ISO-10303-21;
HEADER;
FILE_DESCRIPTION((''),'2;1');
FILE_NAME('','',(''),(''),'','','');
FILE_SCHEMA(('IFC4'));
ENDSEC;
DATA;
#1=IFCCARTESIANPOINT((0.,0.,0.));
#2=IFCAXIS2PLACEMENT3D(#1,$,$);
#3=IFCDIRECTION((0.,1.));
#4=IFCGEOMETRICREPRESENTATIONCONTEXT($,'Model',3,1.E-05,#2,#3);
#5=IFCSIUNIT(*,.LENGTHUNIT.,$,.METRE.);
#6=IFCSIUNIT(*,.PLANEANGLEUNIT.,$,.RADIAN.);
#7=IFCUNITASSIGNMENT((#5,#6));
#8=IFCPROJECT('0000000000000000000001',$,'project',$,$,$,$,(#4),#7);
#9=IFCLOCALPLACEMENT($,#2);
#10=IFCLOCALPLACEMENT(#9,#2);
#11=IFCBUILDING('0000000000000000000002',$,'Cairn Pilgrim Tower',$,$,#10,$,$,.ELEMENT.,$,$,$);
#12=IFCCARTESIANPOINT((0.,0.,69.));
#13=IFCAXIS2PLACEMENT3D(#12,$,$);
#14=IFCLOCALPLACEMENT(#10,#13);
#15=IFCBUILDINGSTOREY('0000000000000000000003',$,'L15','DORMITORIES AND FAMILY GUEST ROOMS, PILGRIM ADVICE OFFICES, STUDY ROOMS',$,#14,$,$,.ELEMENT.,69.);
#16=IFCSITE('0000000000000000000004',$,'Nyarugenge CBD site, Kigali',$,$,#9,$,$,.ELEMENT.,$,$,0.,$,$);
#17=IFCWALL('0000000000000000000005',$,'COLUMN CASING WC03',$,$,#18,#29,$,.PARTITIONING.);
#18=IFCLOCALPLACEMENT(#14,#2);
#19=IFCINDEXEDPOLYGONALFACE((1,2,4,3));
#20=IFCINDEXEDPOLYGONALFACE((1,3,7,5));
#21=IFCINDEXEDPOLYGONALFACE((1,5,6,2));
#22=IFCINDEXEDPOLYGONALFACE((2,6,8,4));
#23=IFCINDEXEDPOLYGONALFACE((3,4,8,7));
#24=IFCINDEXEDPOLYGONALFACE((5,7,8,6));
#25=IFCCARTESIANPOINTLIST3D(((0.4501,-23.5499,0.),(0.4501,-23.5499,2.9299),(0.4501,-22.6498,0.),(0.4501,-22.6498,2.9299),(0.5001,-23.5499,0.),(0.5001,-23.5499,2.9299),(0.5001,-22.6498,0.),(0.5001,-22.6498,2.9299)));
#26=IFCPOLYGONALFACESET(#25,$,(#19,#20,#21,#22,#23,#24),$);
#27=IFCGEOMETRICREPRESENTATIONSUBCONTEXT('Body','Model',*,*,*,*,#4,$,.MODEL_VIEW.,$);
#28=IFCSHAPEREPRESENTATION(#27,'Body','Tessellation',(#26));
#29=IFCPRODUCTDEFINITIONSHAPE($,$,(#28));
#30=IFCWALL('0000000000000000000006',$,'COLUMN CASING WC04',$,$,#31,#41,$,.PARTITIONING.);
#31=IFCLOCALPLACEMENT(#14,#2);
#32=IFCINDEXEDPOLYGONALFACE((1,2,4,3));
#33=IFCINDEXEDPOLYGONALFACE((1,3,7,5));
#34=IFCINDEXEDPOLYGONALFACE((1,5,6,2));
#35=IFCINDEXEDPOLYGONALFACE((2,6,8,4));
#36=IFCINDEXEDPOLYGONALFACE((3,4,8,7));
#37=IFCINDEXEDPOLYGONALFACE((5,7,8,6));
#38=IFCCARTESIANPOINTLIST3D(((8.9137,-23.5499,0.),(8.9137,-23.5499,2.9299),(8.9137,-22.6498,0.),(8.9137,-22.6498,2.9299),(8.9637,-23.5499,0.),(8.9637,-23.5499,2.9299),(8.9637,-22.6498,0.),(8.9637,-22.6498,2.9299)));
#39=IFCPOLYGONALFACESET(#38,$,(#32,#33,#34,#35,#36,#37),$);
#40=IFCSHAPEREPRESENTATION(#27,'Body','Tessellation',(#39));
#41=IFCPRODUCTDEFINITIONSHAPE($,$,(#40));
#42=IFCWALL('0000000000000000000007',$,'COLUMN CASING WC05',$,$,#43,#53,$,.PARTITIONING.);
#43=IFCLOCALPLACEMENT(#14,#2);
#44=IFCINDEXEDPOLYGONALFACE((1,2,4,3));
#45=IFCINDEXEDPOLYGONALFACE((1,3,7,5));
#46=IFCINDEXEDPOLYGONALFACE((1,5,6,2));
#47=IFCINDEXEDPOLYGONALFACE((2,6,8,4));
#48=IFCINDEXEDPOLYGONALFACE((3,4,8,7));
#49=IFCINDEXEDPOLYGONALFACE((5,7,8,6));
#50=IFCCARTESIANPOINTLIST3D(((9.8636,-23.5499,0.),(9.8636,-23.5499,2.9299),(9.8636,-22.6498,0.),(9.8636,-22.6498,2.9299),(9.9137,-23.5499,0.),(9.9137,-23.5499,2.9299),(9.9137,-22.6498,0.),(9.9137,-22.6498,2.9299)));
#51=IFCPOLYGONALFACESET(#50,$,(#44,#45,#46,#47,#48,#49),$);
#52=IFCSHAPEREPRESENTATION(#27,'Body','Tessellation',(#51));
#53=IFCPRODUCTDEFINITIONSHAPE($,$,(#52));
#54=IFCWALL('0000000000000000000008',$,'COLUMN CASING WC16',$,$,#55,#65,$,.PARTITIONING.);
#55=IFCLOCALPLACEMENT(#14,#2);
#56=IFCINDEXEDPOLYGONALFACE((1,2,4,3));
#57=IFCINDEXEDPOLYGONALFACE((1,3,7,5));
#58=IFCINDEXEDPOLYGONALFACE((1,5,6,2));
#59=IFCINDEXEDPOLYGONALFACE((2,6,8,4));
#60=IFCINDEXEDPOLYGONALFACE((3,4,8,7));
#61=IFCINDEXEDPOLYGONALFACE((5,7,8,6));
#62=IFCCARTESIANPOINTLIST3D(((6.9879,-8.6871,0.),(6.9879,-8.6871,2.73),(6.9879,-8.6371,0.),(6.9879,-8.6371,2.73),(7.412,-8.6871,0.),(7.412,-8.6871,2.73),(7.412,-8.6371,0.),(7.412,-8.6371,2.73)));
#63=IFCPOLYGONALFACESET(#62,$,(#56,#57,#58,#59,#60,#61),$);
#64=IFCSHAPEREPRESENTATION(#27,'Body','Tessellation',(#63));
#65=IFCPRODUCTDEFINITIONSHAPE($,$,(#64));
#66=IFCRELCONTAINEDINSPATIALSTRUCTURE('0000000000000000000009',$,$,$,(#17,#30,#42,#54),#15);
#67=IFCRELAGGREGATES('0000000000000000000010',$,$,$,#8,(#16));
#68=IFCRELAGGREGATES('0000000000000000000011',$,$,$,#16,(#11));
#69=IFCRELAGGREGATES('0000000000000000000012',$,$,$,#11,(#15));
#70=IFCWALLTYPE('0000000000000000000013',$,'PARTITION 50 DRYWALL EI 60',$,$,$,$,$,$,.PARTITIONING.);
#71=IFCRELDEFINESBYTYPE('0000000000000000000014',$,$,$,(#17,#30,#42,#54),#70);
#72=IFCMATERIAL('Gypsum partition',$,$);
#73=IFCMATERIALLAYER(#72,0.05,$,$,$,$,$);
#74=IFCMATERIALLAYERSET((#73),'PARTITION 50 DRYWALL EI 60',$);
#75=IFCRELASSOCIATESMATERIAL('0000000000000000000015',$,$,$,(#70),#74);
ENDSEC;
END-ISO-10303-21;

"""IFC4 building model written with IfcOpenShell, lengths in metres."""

from ifc_helpers import new_model, si_unit, direction, frame, frame_2d, origin, place, context, subcontext, project, spatial, rectangle, extrude, material, layer, layer_set, type_object, element, save


model = new_model("IFC4")

# Units and contexts
model_context = context("Model", 3, precision=1e-05, world=origin(), true_north=direction((0.0, 1.0)))
body_context = subcontext(model_context, "Body", "Model", "MODEL_VIEW")
ifc_project = project(units=[si_unit("LENGTHUNIT", "METRE"), si_unit("PLANEANGLEUNIT", "RADIAN")], contexts=[model_context])

# Site, building, storey
site_placement = place(None, origin())
site = spatial("IfcSite", under=ifc_project, at=site_placement, Name="Nyarugenge CBD site, Kigali", CompositionType="ELEMENT", RefElevation=0.0)
building_placement = place(site_placement, origin())
building = spatial("IfcBuilding", under=site, at=building_placement, Name="Cairn Pilgrim Tower", CompositionType="ELEMENT")
storey_placement = place(building_placement, frame((0.0, 0.0, 69.0)))
storey = spatial("IfcBuildingStorey", under=building, at=storey_placement, Name="L15", Description="DORMITORIES AND FAMILY GUEST ROOMS, PILGRIM ADVICE OFFICES, STUDY ROOMS", CompositionType="ELEMENT", Elevation=69.0)

# Shared definitions
ifc_material_1 = material(Name="Gypsum partition")

# Walls
ifc_layer_1 = layer(ifc_material_1, 0.05)
ifc_layer_set_1 = layer_set([ifc_layer_1], Name="PARTITION 50 DRYWALL EI 60")
wall_type_1 = type_object("IfcWallType", Name="PARTITION 50 DRYWALL EI 60", PredefinedType="PARTITIONING", material=ifc_layer_set_1)
for number, where, z_axis, x_axis, name in (
    (1, (0.4751, -23.55, 0.0), (0.0, 0.0, 1.0), (0.0, 1.0, 0.0), "COLUMN CASING WC03"),
    (2, (8.9387, -23.55, 0.0), (0.0, 0.0, 1.0), (0.0, 1.0, 0.0), "COLUMN CASING WC04"),
    (3, (9.8887, -23.55, 0.0), (0.0, 0.0, 1.0), (0.0, 1.0, 0.0), "COLUMN CASING WC05"),
):
    element("IfcWall", number, at=place(storey_placement, frame(where, z_axis=z_axis, x_axis=x_axis)), inside=storey, type_object=wall_type_1, Name=name, PredefinedType="PARTITIONING", context=body_context, shape_type="SweptSolid", body=[
        extrude(rectangle(XDim=0.9001, YDim=0.05, at=frame_2d((0.4502, 0.0))), origin(), (0.0, 0.0, 1.0), 2.9299),
    ])
wall_1_placement = place(storey_placement, frame((6.988, -8.6621, 0.0), z_axis=(0.0, 0.0, 1.0), x_axis=(1.0, 0.0, 0.0)))
element("IfcWall", 4, at=wall_1_placement, inside=storey, type_object=wall_type_1, Name="COLUMN CASING WC16", PredefinedType="PARTITIONING", context=body_context, shape_type="SweptSolid", body=[
    extrude(rectangle(XDim=0.4241, YDim=0.05, at=frame_2d((0.2119, 0.0))), origin(), (0.0, 0.0, 1.0), 2.73),
])

save(model, "model.ifc")
